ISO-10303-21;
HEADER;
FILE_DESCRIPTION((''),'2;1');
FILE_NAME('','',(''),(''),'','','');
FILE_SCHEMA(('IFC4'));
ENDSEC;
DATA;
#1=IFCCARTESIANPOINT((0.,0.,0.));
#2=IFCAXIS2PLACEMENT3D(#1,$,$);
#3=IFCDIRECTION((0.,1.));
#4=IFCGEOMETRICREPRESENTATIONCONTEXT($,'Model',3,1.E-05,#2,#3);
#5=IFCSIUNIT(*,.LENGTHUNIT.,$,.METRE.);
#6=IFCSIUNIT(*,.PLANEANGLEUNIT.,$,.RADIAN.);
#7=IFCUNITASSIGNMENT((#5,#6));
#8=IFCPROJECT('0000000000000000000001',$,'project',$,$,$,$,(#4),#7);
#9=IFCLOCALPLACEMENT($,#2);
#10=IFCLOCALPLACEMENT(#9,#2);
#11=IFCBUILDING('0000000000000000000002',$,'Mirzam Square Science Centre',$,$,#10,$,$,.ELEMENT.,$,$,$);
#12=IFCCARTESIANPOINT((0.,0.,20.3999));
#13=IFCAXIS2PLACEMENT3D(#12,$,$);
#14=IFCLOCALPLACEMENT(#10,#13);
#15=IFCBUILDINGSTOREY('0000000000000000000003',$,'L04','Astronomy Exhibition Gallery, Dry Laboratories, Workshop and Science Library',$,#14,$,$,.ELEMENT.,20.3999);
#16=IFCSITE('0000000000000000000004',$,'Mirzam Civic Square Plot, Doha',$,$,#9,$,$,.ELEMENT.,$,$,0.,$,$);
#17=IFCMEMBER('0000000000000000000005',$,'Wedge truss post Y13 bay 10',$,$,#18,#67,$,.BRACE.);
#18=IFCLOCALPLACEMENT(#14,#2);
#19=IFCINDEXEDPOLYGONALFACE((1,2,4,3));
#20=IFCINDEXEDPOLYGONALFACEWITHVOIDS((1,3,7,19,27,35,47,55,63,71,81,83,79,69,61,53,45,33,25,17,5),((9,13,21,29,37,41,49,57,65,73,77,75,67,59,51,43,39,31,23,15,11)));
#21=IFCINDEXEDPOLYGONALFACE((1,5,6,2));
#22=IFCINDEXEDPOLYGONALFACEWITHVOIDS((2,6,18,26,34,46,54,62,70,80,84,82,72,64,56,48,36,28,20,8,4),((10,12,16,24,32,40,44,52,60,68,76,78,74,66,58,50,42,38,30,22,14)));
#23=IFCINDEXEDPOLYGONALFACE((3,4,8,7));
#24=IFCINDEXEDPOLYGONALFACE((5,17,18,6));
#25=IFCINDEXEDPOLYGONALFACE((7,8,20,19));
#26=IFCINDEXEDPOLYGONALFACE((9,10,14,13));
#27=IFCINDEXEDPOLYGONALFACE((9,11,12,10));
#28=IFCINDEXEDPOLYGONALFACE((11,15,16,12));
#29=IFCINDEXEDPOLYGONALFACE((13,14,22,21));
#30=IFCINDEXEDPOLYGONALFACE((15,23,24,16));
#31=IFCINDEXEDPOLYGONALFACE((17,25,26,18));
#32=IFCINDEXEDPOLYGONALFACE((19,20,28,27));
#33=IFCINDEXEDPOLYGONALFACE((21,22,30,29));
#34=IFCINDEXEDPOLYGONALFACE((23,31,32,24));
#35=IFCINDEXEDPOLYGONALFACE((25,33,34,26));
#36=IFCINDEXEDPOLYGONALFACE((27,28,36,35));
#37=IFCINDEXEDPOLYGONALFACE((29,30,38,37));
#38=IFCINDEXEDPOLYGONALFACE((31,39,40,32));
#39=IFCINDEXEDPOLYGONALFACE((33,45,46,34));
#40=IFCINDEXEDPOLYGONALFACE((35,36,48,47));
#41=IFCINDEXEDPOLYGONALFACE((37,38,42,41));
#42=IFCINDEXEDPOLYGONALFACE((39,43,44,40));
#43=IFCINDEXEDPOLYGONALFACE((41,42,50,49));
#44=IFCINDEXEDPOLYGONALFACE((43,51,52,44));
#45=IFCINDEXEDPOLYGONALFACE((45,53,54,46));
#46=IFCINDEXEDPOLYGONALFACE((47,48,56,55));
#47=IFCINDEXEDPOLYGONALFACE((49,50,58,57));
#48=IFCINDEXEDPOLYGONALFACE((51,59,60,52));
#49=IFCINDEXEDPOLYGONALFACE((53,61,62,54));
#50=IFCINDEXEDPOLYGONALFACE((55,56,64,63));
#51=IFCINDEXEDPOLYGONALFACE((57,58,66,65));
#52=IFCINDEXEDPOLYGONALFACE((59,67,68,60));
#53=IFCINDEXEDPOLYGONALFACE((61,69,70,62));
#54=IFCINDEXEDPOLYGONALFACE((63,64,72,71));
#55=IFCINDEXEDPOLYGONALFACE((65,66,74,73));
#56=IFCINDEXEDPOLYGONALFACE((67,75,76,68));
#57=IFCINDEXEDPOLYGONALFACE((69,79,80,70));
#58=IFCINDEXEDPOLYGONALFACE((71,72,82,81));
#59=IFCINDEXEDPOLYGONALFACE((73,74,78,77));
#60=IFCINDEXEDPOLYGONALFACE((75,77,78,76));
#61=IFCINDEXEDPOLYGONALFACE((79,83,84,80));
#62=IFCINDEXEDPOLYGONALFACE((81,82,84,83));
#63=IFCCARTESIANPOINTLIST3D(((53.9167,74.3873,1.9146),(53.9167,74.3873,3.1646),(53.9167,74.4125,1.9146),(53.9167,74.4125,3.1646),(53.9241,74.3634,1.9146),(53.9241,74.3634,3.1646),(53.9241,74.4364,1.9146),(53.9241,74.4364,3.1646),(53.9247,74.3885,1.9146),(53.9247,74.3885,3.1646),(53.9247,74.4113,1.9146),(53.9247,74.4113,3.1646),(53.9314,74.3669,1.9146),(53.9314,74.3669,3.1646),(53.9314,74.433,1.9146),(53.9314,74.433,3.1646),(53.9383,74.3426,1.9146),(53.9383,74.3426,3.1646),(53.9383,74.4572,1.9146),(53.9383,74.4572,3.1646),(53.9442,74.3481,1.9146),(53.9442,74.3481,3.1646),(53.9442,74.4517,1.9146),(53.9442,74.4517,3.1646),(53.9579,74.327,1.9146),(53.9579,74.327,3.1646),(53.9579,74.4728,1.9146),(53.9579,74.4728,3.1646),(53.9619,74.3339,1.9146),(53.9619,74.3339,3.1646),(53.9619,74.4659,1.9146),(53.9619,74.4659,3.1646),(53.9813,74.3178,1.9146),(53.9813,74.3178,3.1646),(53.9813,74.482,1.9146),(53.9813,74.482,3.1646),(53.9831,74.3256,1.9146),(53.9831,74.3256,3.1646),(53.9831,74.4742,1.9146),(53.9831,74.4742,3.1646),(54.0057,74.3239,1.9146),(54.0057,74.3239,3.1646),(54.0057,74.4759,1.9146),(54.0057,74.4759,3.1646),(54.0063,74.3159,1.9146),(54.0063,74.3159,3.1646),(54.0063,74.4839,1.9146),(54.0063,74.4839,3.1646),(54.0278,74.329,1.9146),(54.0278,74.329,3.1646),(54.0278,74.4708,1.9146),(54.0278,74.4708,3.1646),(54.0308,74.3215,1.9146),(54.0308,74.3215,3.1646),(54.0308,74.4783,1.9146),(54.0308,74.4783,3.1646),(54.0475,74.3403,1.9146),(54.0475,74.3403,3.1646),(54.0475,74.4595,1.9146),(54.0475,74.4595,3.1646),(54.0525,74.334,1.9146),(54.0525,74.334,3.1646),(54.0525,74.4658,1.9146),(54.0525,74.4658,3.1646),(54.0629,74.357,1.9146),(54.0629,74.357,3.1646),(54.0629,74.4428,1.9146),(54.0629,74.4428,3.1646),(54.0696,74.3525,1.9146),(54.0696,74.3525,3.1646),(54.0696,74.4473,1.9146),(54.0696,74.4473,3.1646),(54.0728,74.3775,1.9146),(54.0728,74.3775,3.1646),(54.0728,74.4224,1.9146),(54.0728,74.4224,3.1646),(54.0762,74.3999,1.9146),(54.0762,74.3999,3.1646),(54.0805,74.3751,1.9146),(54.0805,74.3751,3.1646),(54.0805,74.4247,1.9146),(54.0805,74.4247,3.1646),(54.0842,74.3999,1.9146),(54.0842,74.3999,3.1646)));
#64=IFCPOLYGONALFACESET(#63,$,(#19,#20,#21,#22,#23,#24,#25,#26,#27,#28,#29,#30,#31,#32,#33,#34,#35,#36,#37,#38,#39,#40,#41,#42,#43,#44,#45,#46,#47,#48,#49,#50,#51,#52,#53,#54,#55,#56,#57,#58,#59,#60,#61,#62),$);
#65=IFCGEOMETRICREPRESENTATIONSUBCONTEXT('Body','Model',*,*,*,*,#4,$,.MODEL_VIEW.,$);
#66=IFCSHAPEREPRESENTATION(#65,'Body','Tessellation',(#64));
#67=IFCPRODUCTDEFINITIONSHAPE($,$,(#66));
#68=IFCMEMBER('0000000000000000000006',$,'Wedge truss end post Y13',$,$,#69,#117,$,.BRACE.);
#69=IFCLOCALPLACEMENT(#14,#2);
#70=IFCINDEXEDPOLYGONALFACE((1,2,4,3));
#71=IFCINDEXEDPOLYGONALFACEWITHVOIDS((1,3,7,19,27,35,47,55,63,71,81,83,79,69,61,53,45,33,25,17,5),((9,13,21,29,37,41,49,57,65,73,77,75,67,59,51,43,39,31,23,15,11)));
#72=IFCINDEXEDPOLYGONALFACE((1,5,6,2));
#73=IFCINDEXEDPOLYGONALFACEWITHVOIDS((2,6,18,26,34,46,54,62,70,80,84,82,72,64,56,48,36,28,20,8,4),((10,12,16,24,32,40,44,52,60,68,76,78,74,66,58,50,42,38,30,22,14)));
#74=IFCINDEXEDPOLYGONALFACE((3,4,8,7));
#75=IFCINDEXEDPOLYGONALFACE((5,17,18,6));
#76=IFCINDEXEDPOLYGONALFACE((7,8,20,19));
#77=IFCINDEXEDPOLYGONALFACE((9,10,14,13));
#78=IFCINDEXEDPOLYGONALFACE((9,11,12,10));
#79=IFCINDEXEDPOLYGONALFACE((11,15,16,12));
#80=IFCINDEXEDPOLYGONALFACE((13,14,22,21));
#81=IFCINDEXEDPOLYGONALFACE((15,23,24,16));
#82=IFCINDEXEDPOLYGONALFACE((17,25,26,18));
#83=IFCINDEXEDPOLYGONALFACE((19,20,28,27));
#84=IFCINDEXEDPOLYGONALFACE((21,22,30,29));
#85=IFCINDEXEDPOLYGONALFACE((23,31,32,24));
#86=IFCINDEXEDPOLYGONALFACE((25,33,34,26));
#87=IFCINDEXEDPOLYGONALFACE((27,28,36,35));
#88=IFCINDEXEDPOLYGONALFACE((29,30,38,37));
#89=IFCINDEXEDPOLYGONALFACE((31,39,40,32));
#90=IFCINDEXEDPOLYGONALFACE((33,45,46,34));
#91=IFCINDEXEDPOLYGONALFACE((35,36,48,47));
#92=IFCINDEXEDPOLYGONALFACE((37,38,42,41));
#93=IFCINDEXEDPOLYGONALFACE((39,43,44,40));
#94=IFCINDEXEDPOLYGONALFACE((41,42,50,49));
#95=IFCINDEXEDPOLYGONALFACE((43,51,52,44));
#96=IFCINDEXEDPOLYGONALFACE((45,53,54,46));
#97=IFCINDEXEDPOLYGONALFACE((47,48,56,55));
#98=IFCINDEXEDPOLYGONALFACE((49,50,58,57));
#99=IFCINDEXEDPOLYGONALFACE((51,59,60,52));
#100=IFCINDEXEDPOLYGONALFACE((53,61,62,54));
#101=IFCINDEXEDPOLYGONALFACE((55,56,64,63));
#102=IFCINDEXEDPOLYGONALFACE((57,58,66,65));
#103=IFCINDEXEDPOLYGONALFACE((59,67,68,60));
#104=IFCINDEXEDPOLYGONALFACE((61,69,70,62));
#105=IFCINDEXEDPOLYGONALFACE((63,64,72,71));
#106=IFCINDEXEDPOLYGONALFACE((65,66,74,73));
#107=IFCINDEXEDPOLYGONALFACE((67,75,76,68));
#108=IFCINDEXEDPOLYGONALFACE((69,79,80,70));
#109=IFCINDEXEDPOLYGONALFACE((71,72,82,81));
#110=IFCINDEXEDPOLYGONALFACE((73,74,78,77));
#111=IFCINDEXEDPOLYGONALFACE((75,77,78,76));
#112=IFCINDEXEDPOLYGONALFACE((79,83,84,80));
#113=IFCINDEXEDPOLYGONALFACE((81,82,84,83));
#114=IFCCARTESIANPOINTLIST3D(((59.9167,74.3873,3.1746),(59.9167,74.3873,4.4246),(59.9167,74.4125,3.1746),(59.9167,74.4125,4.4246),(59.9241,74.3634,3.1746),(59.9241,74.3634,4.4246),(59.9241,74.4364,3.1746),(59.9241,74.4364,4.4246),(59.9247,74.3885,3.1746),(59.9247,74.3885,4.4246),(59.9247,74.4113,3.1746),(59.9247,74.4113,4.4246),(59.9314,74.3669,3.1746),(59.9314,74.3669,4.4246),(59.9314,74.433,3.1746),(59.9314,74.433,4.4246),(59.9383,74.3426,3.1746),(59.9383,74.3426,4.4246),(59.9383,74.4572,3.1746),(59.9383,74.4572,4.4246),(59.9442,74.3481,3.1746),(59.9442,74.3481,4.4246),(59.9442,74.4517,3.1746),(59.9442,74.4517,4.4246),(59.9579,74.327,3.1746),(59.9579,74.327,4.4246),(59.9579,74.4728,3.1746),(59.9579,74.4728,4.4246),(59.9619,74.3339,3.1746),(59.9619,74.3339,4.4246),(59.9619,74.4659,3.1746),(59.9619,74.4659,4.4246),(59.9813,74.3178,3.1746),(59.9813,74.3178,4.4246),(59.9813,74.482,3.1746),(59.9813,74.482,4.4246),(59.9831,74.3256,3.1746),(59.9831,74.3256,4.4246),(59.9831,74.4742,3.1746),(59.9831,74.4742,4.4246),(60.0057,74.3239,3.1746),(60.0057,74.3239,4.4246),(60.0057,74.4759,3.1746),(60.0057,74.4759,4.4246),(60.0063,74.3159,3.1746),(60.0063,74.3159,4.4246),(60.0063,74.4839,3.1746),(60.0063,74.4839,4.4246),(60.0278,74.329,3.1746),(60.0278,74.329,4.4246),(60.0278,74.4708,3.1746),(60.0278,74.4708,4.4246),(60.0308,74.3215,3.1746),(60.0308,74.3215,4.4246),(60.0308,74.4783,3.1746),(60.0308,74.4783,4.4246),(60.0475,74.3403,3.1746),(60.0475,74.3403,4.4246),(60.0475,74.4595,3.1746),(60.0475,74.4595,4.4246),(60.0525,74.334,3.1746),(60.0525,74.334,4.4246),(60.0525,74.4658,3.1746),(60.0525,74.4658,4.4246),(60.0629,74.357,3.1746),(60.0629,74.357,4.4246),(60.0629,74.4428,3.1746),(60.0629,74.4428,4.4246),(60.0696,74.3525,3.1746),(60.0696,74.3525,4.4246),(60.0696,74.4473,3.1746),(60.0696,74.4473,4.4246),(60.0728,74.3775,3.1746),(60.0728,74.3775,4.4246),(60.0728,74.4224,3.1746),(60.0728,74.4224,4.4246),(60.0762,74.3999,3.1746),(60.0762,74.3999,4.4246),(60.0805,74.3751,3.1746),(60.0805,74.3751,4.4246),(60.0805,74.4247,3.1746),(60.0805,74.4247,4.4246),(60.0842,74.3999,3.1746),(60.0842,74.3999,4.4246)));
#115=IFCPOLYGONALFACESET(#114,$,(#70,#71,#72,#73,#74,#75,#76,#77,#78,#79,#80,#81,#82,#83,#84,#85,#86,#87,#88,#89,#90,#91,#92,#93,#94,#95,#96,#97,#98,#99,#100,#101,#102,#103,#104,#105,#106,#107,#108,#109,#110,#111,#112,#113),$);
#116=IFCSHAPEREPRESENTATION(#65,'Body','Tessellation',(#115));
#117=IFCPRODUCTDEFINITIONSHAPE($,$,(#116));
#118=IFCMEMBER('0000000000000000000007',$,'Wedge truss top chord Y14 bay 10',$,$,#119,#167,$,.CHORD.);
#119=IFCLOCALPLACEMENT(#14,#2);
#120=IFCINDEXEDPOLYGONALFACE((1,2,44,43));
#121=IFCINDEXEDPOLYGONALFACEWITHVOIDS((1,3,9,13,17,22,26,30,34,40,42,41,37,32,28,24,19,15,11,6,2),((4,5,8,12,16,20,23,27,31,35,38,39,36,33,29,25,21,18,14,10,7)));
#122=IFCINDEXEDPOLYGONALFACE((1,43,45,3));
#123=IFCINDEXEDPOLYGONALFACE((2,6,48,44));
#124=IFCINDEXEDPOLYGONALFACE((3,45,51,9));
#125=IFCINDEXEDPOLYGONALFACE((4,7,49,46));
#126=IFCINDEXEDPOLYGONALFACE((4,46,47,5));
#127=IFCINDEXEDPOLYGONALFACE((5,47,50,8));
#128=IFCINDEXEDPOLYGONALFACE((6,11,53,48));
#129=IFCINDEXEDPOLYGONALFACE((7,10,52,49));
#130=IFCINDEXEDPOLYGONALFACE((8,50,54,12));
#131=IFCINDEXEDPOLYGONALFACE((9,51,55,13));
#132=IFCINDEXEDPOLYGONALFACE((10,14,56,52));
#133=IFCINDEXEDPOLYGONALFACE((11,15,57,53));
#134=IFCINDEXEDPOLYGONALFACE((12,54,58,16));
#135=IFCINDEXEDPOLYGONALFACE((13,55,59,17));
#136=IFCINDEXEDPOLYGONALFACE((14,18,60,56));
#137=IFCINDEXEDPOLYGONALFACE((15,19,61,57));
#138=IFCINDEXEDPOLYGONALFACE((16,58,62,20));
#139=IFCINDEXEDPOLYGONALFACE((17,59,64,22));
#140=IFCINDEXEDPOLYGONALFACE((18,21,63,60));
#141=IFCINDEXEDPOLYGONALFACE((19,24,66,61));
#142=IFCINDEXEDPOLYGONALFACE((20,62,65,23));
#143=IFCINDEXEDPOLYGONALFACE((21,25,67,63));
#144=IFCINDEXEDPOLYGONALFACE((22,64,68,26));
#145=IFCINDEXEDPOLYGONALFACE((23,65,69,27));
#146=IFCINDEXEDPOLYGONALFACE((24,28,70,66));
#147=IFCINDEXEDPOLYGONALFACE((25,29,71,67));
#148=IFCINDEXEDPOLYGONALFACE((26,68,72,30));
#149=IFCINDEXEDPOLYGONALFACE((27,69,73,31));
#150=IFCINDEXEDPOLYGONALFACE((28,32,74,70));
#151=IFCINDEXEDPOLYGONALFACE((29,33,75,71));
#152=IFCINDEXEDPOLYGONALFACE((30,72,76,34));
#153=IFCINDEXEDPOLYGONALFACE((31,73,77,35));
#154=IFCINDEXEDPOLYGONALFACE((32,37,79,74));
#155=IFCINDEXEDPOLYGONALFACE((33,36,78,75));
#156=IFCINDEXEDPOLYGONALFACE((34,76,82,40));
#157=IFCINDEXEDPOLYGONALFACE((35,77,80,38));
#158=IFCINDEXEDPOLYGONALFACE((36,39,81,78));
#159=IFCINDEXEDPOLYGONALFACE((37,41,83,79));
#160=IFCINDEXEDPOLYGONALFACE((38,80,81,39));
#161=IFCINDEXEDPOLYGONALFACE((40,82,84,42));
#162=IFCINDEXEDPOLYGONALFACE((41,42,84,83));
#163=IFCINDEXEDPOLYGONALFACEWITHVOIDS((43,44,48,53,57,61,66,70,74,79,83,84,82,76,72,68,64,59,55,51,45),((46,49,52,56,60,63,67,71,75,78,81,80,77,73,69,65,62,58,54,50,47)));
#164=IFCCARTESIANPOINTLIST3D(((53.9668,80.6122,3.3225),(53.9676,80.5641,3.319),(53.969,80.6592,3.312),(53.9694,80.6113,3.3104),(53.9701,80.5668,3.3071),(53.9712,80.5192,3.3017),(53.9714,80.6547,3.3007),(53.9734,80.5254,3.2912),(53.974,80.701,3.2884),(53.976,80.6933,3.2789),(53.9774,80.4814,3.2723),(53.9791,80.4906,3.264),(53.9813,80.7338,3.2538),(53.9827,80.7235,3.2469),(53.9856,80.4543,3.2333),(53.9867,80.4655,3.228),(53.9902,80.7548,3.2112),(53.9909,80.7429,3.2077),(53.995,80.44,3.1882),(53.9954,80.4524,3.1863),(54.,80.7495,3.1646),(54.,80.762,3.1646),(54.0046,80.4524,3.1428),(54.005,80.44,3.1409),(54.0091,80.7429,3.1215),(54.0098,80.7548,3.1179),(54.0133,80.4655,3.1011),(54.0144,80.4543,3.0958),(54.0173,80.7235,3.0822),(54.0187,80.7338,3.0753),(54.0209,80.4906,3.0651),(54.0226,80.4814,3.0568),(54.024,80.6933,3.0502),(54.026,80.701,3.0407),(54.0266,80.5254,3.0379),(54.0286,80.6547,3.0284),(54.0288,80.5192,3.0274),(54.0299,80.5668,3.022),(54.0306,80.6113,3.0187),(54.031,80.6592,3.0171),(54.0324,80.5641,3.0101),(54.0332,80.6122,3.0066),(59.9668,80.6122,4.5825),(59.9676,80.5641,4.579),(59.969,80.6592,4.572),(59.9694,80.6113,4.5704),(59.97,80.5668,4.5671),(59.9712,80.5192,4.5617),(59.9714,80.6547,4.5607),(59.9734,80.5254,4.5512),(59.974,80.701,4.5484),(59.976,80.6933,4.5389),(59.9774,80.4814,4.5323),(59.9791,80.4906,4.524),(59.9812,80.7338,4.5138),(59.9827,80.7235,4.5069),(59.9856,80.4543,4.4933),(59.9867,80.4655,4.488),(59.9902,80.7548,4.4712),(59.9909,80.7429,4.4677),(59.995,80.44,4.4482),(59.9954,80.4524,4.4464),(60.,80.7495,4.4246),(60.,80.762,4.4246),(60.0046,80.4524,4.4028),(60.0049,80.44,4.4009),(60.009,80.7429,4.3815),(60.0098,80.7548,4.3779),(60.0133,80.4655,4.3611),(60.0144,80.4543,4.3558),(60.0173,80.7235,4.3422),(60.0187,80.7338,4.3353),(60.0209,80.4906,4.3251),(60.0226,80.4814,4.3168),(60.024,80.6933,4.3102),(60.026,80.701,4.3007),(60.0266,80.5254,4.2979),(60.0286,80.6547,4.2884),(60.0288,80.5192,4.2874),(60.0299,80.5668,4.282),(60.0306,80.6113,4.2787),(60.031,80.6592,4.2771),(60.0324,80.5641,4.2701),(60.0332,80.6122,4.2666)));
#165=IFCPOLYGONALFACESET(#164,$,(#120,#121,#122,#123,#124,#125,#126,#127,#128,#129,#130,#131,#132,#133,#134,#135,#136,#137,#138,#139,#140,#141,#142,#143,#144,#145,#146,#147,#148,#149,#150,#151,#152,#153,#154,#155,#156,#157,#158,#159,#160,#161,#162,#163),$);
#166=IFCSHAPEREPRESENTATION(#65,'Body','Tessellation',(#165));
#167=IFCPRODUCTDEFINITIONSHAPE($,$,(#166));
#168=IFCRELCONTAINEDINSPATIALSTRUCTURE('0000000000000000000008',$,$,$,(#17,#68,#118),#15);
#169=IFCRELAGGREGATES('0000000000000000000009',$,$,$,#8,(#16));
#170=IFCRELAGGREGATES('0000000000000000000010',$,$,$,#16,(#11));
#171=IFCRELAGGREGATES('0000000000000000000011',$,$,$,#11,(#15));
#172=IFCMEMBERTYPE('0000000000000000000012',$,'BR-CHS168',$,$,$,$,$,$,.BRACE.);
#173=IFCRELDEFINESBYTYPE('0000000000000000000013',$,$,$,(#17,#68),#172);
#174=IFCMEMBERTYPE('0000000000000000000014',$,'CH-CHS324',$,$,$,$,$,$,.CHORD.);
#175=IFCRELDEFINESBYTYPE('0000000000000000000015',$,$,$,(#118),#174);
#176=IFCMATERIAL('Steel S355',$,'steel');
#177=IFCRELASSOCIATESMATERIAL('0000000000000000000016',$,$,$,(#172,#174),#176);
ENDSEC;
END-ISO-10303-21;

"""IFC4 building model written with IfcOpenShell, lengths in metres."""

from ifc_helpers import new_model, si_unit, direction, frame, origin, origin_2d, place, context, subcontext, project, spatial, hollow_circle, extrude, material, material_profile, profile_set, type_object, element, save


model = new_model("IFC4")

# Units and contexts
model_context = context("Model", 3, precision=1e-05, world=origin(), true_north=direction((0.0, 1.0)))
body_context = subcontext(model_context, "Body", "Model", "MODEL_VIEW")
ifc_project = project(units=[si_unit("LENGTHUNIT", "METRE"), si_unit("PLANEANGLEUNIT", "RADIAN")], contexts=[model_context])

# Site, building, storey
site_placement = place(None, origin())
site = spatial("IfcSite", under=ifc_project, at=site_placement, Name="Mirzam Civic Square Plot, Doha", CompositionType="ELEMENT", RefElevation=0.0)
building_placement = place(site_placement, origin())
building = spatial("IfcBuilding", under=site, at=building_placement, Name="Mirzam Square Science Centre", CompositionType="ELEMENT")
storey_placement = place(building_placement, frame((0.0, 0.0, 20.3999)))
storey = spatial("IfcBuildingStorey", under=building, at=storey_placement, Name="L04", Description="Astronomy Exhibition Gallery, Dry Laboratories, Workshop and Science Library", CompositionType="ELEMENT", Elevation=20.3999)

# Members
ifc_material_1 = material(Name="Steel S355", Category="steel")
ifc_material_profile_1 = material_profile(ifc_material_1, hollow_circle(Radius=0.0842, WallThickness=0.0081, at=origin_2d()), Name="168.3x8.0CHS")
ifc_profile_set_1 = profile_set([ifc_material_profile_1], Name="Steel S355")
member_type_1 = type_object("IfcMemberType", Name="BR-CHS168", PredefinedType="BRACE", material=ifc_profile_set_1)
for number, where, z_axis, x_axis, name in (
    (1, (54.0, 74.3999, 1.9146), (0.0, 0.0, 1.0), (1.0, 0.0, 0.0), "Wedge truss post Y13 bay 10"),
    (2, (60.0, 74.3999, 3.1746), (0.0, 0.0, 1.0), (1.0, 0.0, 0.0), "Wedge truss end post Y13"),
):
    element("IfcMember", number, at=place(storey_placement, frame(where, z_axis=z_axis, x_axis=x_axis)), inside=storey, type_object=member_type_1, Name=name, PredefinedType="BRACE", context=body_context, shape_type="SweptSolid", body=[
        extrude(hollow_circle(Radius=0.0842, WallThickness=0.0081, at=origin_2d()), origin(), (0.0, 0.0, 1.0), 1.25),
    ])
ifc_material_profile_2 = material_profile(ifc_material_1, hollow_circle(Radius=0.1619, WallThickness=0.0125, at=origin_2d()), Name="323.9x12.5CHS")
ifc_profile_set_2 = profile_set([ifc_material_profile_2], Name="Steel S355")
member_type_2 = type_object("IfcMemberType", Name="CH-CHS324", PredefinedType="CHORD", material=ifc_profile_set_2)
member_1_placement = place(storey_placement, frame((54.0, 80.6001, 3.1646), z_axis=(0.978653, 0.0, 0.205519), x_axis=(0.0, 1.0, 0.0)))
element("IfcMember", 3, at=member_1_placement, inside=storey, type_object=member_type_2, Name="Wedge truss top chord Y14 bay 10", PredefinedType="CHORD", context=body_context, shape_type="SweptSolid", body=[
    extrude(hollow_circle(Radius=0.1619, WallThickness=0.0125, at=origin_2d()), origin(), (0.0, 0.0, 1.0), 6.1309),
])

save(model, "model.ifc")
